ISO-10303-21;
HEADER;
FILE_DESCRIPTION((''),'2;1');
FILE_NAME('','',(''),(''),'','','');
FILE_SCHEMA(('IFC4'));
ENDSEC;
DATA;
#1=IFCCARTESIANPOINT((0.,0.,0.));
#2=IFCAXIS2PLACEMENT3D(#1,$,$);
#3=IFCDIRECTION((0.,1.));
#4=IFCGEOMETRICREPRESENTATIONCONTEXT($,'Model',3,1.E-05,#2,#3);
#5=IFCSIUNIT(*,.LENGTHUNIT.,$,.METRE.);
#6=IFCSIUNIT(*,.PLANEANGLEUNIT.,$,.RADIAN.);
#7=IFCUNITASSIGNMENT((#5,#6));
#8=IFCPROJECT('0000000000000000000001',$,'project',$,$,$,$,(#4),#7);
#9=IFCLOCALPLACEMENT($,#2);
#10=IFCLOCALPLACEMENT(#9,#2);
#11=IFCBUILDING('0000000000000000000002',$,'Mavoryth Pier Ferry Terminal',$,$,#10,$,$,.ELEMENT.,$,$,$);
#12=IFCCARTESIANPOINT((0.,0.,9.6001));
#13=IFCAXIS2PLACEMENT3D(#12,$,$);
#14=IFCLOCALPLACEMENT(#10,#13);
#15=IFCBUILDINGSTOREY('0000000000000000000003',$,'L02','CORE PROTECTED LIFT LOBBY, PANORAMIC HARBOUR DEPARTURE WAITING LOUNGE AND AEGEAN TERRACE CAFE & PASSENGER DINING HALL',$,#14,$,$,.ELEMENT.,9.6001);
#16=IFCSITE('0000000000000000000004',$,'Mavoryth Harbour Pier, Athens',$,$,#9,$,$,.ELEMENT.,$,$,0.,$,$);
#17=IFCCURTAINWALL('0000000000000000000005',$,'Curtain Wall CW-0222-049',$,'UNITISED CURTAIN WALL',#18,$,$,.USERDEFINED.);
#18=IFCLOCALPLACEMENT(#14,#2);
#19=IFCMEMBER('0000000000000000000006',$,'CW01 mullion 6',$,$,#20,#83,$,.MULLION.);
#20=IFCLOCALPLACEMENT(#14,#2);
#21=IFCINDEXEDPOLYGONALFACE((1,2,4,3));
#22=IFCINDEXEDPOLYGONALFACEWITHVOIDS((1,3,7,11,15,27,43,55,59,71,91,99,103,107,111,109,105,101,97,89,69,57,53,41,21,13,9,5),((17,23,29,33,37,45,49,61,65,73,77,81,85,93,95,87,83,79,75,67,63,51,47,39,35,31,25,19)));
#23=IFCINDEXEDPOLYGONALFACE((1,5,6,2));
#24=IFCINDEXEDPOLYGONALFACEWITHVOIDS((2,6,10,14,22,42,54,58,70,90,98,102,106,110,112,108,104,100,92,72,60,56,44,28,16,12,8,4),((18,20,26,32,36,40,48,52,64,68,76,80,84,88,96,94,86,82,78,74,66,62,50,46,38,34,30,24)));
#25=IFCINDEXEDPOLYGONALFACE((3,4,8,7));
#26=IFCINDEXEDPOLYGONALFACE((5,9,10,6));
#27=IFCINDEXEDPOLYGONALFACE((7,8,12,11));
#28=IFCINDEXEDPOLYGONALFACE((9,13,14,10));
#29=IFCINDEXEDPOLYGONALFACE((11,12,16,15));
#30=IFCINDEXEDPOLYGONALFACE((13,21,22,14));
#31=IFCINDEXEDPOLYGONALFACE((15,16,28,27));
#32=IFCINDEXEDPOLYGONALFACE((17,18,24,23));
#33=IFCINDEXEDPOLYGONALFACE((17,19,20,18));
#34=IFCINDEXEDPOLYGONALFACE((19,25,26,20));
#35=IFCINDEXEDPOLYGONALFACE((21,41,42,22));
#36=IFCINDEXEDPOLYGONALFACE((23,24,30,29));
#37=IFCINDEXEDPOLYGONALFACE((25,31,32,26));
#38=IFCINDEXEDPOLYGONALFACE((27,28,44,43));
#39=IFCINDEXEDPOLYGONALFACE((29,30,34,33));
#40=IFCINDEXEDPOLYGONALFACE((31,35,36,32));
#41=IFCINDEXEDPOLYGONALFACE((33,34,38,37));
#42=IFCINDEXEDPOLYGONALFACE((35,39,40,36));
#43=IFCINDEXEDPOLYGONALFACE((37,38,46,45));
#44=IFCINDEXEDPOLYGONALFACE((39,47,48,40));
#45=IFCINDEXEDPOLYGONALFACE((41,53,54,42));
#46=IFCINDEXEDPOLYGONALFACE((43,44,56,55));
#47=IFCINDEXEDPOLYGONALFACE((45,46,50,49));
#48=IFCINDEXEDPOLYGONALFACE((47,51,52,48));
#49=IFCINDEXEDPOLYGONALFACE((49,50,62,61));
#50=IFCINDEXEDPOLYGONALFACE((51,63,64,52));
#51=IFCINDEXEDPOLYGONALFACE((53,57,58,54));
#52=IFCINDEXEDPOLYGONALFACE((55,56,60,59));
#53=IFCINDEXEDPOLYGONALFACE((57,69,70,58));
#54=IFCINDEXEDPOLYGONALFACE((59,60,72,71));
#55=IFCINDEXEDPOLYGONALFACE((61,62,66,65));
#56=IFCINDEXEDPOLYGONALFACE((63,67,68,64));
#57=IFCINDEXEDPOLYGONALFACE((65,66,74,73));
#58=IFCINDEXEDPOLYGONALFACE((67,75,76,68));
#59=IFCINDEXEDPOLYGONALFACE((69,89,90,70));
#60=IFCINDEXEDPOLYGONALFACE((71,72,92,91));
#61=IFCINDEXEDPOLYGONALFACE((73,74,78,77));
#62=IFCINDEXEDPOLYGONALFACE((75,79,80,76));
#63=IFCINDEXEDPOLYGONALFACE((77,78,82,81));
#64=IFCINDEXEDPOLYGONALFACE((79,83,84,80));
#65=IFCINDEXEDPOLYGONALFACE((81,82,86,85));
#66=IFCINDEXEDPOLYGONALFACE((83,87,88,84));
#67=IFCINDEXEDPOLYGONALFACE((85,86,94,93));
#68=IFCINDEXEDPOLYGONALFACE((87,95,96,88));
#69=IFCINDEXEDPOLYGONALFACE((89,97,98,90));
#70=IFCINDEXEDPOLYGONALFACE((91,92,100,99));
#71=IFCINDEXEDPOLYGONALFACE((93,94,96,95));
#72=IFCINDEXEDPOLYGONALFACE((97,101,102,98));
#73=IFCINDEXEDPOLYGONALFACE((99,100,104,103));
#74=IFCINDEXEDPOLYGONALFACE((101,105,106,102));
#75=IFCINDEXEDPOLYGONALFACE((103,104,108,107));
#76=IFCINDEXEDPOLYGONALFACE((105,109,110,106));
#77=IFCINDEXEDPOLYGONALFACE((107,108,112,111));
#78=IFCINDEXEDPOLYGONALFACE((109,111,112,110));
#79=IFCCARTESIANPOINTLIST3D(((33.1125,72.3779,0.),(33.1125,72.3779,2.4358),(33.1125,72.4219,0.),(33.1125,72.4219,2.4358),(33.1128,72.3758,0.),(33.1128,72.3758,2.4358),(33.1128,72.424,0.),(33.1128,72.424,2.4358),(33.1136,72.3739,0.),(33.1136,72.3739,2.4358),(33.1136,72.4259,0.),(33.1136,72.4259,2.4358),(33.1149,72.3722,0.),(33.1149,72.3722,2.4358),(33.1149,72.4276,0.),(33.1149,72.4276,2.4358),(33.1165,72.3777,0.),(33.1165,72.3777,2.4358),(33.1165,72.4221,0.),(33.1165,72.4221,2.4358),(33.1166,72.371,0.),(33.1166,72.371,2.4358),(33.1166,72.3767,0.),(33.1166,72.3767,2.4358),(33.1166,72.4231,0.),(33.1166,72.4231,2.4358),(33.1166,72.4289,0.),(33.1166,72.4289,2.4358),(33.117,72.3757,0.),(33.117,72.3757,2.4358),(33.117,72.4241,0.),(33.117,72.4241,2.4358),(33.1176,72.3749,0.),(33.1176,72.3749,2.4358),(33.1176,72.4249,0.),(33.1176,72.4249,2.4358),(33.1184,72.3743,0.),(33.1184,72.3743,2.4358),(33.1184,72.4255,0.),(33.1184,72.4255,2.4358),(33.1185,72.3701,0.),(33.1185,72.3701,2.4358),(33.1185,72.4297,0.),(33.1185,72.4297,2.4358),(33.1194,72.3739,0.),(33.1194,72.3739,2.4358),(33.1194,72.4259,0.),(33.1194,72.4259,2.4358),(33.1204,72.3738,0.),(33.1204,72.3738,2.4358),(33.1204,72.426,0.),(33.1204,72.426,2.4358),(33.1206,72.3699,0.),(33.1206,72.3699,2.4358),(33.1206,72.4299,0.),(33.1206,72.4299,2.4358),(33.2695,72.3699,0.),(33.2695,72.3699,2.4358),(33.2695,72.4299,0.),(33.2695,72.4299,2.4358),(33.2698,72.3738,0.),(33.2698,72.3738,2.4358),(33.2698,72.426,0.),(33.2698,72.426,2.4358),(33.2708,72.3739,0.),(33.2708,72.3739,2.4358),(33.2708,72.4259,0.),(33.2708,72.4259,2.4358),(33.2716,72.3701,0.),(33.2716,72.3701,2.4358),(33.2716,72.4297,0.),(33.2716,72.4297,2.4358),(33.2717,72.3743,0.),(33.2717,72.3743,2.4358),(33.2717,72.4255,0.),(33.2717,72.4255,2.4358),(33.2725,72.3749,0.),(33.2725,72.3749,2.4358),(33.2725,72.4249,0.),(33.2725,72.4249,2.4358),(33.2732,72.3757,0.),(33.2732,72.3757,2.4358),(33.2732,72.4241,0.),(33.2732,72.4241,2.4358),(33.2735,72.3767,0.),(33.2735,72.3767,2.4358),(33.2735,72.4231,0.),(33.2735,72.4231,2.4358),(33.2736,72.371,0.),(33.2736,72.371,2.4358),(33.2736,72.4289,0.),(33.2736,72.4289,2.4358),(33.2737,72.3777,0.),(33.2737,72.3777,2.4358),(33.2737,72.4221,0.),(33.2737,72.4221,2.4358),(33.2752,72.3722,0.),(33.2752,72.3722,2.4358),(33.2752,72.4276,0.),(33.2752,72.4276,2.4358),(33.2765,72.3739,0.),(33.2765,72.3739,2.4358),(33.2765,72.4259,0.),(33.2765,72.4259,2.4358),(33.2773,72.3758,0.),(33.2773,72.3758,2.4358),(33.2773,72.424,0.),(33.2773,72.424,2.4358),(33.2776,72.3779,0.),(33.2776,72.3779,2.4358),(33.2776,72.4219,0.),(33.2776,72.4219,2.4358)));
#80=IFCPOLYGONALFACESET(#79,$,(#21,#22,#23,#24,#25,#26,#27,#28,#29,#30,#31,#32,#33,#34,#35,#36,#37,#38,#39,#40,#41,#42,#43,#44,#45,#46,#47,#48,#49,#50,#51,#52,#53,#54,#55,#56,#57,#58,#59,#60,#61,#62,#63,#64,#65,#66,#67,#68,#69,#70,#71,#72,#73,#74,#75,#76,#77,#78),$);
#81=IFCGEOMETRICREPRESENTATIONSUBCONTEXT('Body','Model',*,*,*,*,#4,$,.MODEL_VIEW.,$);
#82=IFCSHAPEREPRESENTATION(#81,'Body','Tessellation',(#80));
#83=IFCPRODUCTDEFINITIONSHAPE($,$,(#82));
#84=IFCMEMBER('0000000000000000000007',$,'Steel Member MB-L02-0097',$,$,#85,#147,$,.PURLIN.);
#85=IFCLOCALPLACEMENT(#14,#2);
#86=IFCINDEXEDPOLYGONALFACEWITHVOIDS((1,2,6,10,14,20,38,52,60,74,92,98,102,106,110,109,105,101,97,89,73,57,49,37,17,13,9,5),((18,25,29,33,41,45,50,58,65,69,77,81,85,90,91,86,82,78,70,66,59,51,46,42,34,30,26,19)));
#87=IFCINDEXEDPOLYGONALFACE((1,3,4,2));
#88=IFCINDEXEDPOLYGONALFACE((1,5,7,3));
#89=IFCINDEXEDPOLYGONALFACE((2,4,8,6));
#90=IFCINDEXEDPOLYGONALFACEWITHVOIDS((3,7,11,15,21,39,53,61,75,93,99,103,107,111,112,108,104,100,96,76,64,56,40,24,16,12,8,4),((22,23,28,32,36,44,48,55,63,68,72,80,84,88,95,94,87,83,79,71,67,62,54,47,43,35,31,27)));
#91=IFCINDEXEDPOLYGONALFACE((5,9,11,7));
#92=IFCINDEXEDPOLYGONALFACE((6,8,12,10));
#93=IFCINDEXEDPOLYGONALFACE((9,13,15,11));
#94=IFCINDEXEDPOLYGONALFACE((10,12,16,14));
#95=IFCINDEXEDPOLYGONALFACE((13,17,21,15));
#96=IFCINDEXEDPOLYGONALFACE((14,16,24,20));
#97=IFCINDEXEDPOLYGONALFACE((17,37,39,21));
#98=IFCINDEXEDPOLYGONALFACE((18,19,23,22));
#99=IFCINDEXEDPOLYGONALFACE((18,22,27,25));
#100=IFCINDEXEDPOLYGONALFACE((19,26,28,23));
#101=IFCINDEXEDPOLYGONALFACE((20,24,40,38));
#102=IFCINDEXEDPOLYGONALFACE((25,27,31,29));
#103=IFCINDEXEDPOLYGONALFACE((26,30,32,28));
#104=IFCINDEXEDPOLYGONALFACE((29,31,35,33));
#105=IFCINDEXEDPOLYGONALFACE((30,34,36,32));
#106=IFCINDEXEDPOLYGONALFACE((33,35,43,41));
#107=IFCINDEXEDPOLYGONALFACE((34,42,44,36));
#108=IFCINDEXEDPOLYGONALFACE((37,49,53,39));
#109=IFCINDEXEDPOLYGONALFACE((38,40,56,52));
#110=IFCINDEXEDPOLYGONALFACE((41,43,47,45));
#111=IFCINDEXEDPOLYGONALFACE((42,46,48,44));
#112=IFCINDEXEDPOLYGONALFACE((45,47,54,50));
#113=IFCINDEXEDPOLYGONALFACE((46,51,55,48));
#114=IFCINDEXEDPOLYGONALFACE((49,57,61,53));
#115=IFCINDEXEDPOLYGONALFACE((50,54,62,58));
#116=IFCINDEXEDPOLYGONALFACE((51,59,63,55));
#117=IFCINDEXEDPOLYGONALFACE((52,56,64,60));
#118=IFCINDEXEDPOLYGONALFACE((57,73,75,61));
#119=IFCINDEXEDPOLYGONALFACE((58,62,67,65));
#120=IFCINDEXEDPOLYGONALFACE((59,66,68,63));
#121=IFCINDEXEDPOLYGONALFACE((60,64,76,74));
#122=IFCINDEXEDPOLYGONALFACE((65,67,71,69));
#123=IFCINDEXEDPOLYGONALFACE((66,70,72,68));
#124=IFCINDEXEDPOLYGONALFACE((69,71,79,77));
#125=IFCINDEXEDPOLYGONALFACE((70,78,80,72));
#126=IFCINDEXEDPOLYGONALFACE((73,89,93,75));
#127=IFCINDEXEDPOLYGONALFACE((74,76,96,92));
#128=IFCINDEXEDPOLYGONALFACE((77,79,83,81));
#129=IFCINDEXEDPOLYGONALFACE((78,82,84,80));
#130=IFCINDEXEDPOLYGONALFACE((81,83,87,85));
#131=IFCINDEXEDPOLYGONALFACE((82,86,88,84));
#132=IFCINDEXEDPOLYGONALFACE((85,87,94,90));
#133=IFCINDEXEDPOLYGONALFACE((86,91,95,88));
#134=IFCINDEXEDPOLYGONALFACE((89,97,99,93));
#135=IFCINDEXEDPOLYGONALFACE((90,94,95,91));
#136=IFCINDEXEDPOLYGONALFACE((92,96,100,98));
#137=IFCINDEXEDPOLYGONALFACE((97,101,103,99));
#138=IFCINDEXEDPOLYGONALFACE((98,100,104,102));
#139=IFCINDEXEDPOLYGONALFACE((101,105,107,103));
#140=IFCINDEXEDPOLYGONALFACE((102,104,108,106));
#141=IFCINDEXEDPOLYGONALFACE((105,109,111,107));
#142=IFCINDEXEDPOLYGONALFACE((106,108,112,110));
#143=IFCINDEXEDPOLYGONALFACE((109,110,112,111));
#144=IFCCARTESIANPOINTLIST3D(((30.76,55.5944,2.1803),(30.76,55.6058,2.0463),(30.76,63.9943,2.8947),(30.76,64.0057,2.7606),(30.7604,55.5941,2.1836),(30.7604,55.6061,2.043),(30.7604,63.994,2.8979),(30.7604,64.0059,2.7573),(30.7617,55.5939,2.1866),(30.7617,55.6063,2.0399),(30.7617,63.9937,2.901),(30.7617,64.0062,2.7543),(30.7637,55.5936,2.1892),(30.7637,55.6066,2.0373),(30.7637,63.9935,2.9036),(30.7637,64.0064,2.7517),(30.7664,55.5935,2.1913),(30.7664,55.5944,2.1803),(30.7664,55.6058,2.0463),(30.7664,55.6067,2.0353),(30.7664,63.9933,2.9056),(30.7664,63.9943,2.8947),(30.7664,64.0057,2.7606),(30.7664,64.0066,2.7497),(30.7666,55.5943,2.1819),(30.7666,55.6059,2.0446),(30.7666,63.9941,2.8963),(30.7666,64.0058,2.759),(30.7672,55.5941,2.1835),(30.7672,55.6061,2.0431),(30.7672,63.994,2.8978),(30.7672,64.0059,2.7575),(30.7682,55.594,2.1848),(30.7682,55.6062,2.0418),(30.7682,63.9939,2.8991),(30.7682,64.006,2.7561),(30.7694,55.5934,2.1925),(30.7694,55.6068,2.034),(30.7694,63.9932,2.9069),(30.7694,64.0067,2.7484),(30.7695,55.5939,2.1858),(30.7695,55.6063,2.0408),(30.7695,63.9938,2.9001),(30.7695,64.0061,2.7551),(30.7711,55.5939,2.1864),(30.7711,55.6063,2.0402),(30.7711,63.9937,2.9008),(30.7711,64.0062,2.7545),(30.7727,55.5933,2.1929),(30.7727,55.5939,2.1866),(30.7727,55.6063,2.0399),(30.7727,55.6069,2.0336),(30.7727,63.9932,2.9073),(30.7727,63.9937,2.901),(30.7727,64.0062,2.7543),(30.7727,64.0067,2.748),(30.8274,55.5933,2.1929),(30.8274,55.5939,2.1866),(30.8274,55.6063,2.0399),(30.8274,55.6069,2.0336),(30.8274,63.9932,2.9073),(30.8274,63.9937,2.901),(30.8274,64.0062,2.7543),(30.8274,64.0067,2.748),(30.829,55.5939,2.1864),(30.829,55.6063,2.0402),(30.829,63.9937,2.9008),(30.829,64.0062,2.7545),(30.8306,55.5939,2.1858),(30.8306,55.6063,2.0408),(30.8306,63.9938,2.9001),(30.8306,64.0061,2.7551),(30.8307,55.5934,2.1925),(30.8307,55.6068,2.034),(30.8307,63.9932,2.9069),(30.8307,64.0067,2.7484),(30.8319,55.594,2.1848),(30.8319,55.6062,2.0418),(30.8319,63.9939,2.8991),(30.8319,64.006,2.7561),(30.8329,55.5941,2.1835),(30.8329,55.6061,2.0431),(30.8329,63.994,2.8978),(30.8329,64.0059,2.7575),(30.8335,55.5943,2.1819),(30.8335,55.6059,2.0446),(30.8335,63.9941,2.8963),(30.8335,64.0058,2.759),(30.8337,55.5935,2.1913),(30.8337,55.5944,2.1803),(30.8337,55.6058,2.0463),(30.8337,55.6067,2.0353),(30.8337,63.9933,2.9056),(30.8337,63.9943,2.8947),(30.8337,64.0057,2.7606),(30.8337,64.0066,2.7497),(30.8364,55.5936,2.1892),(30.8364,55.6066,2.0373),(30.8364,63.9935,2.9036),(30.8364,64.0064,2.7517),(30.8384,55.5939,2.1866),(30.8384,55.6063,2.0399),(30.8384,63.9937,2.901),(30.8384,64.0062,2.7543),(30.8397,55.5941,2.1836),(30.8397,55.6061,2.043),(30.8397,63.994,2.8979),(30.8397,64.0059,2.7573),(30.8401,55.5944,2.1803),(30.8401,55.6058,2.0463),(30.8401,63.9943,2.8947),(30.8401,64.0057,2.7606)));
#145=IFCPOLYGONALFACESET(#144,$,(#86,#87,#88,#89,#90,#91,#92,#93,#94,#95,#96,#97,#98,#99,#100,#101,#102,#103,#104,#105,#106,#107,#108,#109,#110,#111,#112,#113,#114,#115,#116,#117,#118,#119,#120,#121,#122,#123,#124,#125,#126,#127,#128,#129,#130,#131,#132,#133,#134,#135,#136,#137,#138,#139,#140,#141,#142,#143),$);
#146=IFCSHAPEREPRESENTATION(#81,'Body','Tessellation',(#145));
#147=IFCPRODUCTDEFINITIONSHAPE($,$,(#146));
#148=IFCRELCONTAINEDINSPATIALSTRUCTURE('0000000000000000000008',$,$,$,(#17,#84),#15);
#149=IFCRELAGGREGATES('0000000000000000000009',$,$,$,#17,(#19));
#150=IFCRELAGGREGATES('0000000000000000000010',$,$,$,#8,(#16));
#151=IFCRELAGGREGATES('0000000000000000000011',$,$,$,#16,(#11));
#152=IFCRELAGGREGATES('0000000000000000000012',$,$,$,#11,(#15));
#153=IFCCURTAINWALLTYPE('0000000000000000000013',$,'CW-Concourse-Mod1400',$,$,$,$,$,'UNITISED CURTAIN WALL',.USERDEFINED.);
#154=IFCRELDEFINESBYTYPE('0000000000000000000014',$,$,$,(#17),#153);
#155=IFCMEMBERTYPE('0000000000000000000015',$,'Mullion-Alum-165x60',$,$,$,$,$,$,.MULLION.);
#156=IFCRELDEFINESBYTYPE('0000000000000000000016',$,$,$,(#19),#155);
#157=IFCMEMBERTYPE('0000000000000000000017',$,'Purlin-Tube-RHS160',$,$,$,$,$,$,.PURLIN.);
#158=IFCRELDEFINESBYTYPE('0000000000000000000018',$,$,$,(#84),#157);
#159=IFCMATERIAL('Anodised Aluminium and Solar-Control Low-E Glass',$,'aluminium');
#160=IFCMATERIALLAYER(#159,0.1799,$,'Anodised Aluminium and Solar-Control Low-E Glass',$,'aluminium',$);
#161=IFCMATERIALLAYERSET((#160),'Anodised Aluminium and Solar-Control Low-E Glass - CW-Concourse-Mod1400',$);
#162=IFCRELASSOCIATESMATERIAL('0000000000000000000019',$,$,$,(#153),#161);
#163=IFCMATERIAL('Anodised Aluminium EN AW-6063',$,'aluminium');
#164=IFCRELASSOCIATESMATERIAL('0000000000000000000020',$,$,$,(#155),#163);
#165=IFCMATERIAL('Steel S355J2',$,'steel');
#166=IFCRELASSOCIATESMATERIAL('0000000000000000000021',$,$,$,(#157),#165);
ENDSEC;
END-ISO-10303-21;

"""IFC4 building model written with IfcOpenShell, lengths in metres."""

from ifc_helpers import new_model, si_unit, direction, frame, origin, origin_2d, place, context, subcontext, project, spatial, hollow_rectangle, extrude, material, layer, layer_set, material_profile, profile_set, type_object, element, aggregate, save


model = new_model("IFC4")

# Units and contexts
model_context = context("Model", 3, precision=1e-05, world=origin(), true_north=direction((0.0, 1.0)))
body_context = subcontext(model_context, "Body", "Model", "MODEL_VIEW")
ifc_project = project(units=[si_unit("LENGTHUNIT", "METRE"), si_unit("PLANEANGLEUNIT", "RADIAN")], contexts=[model_context])

# Site, building, storey
site_placement = place(None, origin())
site = spatial("IfcSite", under=ifc_project, at=site_placement, Name="Mavoryth Harbour Pier, Athens", CompositionType="ELEMENT", RefElevation=0.0)
building_placement = place(site_placement, origin())
building = spatial("IfcBuilding", under=site, at=building_placement, Name="Mavoryth Pier Ferry Terminal", CompositionType="ELEMENT")
storey_placement = place(building_placement, frame((0.0, 0.0, 9.6001)))
storey = spatial("IfcBuildingStorey", under=building, at=storey_placement, Name="L02", Description="CORE PROTECTED LIFT LOBBY, PANORAMIC HARBOUR DEPARTURE WAITING LOUNGE AND AEGEAN TERRACE CAFE & PASSENGER DINING HALL", CompositionType="ELEMENT", Elevation=9.6001)

# Shared definitions
ifc_material_1 = material(Name="Steel S355J2", Category="steel")

# Shared definitions
ifc_material_2 = material(Name="Anodised Aluminium and Solar-Control Low-E Glass", Category="aluminium")
ifc_layer_1 = layer(ifc_material_2, 0.1799, Name="Anodised Aluminium and Solar-Control Low-E Glass", Category="aluminium")
ifc_layer_set_1 = layer_set([ifc_layer_1], Name="Anodised Aluminium and Solar-Control Low-E Glass - CW-Concourse-Mod1400")
curtain_wall_type = type_object("IfcCurtainWallType", Name="CW-Concourse-Mod1400", ElementType="UNITISED CURTAIN WALL", PredefinedType="USERDEFINED", material=ifc_layer_set_1)
ifc_material_3 = material(Name="Anodised Aluminium EN AW-6063", Category="aluminium")
ifc_material_profile_1 = material_profile(ifc_material_3, hollow_rectangle(XDim=0.0601, YDim=0.165, WallThickness=0.0039, InnerFilletRadius=0.0039, OuterFilletRadius=0.0081, at=origin_2d()), Name="AL-MULL 165x60x4", Category="aluminium")
ifc_profile_set_1 = profile_set([ifc_material_profile_1], Name="Anodised Aluminium EN AW-6063 - AL-MULL 165x60x4")
member_type_1 = type_object("IfcMemberType", Name="Mullion-Alum-165x60", PredefinedType="MULLION", material=ifc_profile_set_1)

# Curtain wall, member
curtain_wall_1_placement = place(storey_placement, origin())
curtain_wall_1 = element("IfcCurtainWall", 1, at=curtain_wall_1_placement, inside=storey, type_object=curtain_wall_type, Name="Curtain Wall CW-0222-049", ObjectType="UNITISED CURTAIN WALL", PredefinedType="USERDEFINED")
member_1_placement = place(storey_placement, frame((33.1951, 72.3999, 0.0), z_axis=(0.0, 0.0, 1.0), x_axis=(0.0, 1.0, 0.0)))
member_1 = element("IfcMember", 2, at=member_1_placement, type_object=member_type_1, Name="CW01 mullion 6", PredefinedType="MULLION", context=body_context, shape_type="SweptSolid", body=[
    extrude(hollow_rectangle(XDim=0.0601, YDim=0.165, WallThickness=0.0039, InnerFilletRadius=0.0039, OuterFilletRadius=0.0081, at=origin_2d()), origin(), (0.0, 0.0, 1.0), 2.4358),
])

# Member
ifc_material_profile_2 = material_profile(ifc_material_1, hollow_rectangle(XDim=0.0801, YDim=0.1599, WallThickness=0.0063, InnerFilletRadius=0.0063, OuterFilletRadius=0.0127, at=origin_2d()), Name="RHS 160x80x6.3", Category="steel")
ifc_profile_set_2 = profile_set([ifc_material_profile_2], Name="Steel S355J2 - RHS 160x80x6.3")
member_type_2 = type_object("IfcMemberType", Name="Purlin-Tube-RHS160", PredefinedType="PURLIN", material=ifc_profile_set_2)
for number, where, z_axis, x_axis, name in (
    (3, (30.8, 55.6001, 2.1133), (0.0, 0.996403, 0.084737), (-1.0, 0.0, 0.0), "Steel Member MB-L02-0097"),
):
    element("IfcMember", number, at=place(storey_placement, frame(where, z_axis=z_axis, x_axis=x_axis)), inside=storey, type_object=member_type_2, Name=name, PredefinedType="PURLIN", context=body_context, shape_type="SweptSolid", body=[
        extrude(hollow_rectangle(XDim=0.0801, YDim=0.1599, WallThickness=0.0063, InnerFilletRadius=0.0063, OuterFilletRadius=0.0127, at=origin_2d()), origin(), (0.0, 0.0, 1.0), 8.4302),
    ])

aggregate(curtain_wall_1, [member_1])

save(model, "model.ifc")
